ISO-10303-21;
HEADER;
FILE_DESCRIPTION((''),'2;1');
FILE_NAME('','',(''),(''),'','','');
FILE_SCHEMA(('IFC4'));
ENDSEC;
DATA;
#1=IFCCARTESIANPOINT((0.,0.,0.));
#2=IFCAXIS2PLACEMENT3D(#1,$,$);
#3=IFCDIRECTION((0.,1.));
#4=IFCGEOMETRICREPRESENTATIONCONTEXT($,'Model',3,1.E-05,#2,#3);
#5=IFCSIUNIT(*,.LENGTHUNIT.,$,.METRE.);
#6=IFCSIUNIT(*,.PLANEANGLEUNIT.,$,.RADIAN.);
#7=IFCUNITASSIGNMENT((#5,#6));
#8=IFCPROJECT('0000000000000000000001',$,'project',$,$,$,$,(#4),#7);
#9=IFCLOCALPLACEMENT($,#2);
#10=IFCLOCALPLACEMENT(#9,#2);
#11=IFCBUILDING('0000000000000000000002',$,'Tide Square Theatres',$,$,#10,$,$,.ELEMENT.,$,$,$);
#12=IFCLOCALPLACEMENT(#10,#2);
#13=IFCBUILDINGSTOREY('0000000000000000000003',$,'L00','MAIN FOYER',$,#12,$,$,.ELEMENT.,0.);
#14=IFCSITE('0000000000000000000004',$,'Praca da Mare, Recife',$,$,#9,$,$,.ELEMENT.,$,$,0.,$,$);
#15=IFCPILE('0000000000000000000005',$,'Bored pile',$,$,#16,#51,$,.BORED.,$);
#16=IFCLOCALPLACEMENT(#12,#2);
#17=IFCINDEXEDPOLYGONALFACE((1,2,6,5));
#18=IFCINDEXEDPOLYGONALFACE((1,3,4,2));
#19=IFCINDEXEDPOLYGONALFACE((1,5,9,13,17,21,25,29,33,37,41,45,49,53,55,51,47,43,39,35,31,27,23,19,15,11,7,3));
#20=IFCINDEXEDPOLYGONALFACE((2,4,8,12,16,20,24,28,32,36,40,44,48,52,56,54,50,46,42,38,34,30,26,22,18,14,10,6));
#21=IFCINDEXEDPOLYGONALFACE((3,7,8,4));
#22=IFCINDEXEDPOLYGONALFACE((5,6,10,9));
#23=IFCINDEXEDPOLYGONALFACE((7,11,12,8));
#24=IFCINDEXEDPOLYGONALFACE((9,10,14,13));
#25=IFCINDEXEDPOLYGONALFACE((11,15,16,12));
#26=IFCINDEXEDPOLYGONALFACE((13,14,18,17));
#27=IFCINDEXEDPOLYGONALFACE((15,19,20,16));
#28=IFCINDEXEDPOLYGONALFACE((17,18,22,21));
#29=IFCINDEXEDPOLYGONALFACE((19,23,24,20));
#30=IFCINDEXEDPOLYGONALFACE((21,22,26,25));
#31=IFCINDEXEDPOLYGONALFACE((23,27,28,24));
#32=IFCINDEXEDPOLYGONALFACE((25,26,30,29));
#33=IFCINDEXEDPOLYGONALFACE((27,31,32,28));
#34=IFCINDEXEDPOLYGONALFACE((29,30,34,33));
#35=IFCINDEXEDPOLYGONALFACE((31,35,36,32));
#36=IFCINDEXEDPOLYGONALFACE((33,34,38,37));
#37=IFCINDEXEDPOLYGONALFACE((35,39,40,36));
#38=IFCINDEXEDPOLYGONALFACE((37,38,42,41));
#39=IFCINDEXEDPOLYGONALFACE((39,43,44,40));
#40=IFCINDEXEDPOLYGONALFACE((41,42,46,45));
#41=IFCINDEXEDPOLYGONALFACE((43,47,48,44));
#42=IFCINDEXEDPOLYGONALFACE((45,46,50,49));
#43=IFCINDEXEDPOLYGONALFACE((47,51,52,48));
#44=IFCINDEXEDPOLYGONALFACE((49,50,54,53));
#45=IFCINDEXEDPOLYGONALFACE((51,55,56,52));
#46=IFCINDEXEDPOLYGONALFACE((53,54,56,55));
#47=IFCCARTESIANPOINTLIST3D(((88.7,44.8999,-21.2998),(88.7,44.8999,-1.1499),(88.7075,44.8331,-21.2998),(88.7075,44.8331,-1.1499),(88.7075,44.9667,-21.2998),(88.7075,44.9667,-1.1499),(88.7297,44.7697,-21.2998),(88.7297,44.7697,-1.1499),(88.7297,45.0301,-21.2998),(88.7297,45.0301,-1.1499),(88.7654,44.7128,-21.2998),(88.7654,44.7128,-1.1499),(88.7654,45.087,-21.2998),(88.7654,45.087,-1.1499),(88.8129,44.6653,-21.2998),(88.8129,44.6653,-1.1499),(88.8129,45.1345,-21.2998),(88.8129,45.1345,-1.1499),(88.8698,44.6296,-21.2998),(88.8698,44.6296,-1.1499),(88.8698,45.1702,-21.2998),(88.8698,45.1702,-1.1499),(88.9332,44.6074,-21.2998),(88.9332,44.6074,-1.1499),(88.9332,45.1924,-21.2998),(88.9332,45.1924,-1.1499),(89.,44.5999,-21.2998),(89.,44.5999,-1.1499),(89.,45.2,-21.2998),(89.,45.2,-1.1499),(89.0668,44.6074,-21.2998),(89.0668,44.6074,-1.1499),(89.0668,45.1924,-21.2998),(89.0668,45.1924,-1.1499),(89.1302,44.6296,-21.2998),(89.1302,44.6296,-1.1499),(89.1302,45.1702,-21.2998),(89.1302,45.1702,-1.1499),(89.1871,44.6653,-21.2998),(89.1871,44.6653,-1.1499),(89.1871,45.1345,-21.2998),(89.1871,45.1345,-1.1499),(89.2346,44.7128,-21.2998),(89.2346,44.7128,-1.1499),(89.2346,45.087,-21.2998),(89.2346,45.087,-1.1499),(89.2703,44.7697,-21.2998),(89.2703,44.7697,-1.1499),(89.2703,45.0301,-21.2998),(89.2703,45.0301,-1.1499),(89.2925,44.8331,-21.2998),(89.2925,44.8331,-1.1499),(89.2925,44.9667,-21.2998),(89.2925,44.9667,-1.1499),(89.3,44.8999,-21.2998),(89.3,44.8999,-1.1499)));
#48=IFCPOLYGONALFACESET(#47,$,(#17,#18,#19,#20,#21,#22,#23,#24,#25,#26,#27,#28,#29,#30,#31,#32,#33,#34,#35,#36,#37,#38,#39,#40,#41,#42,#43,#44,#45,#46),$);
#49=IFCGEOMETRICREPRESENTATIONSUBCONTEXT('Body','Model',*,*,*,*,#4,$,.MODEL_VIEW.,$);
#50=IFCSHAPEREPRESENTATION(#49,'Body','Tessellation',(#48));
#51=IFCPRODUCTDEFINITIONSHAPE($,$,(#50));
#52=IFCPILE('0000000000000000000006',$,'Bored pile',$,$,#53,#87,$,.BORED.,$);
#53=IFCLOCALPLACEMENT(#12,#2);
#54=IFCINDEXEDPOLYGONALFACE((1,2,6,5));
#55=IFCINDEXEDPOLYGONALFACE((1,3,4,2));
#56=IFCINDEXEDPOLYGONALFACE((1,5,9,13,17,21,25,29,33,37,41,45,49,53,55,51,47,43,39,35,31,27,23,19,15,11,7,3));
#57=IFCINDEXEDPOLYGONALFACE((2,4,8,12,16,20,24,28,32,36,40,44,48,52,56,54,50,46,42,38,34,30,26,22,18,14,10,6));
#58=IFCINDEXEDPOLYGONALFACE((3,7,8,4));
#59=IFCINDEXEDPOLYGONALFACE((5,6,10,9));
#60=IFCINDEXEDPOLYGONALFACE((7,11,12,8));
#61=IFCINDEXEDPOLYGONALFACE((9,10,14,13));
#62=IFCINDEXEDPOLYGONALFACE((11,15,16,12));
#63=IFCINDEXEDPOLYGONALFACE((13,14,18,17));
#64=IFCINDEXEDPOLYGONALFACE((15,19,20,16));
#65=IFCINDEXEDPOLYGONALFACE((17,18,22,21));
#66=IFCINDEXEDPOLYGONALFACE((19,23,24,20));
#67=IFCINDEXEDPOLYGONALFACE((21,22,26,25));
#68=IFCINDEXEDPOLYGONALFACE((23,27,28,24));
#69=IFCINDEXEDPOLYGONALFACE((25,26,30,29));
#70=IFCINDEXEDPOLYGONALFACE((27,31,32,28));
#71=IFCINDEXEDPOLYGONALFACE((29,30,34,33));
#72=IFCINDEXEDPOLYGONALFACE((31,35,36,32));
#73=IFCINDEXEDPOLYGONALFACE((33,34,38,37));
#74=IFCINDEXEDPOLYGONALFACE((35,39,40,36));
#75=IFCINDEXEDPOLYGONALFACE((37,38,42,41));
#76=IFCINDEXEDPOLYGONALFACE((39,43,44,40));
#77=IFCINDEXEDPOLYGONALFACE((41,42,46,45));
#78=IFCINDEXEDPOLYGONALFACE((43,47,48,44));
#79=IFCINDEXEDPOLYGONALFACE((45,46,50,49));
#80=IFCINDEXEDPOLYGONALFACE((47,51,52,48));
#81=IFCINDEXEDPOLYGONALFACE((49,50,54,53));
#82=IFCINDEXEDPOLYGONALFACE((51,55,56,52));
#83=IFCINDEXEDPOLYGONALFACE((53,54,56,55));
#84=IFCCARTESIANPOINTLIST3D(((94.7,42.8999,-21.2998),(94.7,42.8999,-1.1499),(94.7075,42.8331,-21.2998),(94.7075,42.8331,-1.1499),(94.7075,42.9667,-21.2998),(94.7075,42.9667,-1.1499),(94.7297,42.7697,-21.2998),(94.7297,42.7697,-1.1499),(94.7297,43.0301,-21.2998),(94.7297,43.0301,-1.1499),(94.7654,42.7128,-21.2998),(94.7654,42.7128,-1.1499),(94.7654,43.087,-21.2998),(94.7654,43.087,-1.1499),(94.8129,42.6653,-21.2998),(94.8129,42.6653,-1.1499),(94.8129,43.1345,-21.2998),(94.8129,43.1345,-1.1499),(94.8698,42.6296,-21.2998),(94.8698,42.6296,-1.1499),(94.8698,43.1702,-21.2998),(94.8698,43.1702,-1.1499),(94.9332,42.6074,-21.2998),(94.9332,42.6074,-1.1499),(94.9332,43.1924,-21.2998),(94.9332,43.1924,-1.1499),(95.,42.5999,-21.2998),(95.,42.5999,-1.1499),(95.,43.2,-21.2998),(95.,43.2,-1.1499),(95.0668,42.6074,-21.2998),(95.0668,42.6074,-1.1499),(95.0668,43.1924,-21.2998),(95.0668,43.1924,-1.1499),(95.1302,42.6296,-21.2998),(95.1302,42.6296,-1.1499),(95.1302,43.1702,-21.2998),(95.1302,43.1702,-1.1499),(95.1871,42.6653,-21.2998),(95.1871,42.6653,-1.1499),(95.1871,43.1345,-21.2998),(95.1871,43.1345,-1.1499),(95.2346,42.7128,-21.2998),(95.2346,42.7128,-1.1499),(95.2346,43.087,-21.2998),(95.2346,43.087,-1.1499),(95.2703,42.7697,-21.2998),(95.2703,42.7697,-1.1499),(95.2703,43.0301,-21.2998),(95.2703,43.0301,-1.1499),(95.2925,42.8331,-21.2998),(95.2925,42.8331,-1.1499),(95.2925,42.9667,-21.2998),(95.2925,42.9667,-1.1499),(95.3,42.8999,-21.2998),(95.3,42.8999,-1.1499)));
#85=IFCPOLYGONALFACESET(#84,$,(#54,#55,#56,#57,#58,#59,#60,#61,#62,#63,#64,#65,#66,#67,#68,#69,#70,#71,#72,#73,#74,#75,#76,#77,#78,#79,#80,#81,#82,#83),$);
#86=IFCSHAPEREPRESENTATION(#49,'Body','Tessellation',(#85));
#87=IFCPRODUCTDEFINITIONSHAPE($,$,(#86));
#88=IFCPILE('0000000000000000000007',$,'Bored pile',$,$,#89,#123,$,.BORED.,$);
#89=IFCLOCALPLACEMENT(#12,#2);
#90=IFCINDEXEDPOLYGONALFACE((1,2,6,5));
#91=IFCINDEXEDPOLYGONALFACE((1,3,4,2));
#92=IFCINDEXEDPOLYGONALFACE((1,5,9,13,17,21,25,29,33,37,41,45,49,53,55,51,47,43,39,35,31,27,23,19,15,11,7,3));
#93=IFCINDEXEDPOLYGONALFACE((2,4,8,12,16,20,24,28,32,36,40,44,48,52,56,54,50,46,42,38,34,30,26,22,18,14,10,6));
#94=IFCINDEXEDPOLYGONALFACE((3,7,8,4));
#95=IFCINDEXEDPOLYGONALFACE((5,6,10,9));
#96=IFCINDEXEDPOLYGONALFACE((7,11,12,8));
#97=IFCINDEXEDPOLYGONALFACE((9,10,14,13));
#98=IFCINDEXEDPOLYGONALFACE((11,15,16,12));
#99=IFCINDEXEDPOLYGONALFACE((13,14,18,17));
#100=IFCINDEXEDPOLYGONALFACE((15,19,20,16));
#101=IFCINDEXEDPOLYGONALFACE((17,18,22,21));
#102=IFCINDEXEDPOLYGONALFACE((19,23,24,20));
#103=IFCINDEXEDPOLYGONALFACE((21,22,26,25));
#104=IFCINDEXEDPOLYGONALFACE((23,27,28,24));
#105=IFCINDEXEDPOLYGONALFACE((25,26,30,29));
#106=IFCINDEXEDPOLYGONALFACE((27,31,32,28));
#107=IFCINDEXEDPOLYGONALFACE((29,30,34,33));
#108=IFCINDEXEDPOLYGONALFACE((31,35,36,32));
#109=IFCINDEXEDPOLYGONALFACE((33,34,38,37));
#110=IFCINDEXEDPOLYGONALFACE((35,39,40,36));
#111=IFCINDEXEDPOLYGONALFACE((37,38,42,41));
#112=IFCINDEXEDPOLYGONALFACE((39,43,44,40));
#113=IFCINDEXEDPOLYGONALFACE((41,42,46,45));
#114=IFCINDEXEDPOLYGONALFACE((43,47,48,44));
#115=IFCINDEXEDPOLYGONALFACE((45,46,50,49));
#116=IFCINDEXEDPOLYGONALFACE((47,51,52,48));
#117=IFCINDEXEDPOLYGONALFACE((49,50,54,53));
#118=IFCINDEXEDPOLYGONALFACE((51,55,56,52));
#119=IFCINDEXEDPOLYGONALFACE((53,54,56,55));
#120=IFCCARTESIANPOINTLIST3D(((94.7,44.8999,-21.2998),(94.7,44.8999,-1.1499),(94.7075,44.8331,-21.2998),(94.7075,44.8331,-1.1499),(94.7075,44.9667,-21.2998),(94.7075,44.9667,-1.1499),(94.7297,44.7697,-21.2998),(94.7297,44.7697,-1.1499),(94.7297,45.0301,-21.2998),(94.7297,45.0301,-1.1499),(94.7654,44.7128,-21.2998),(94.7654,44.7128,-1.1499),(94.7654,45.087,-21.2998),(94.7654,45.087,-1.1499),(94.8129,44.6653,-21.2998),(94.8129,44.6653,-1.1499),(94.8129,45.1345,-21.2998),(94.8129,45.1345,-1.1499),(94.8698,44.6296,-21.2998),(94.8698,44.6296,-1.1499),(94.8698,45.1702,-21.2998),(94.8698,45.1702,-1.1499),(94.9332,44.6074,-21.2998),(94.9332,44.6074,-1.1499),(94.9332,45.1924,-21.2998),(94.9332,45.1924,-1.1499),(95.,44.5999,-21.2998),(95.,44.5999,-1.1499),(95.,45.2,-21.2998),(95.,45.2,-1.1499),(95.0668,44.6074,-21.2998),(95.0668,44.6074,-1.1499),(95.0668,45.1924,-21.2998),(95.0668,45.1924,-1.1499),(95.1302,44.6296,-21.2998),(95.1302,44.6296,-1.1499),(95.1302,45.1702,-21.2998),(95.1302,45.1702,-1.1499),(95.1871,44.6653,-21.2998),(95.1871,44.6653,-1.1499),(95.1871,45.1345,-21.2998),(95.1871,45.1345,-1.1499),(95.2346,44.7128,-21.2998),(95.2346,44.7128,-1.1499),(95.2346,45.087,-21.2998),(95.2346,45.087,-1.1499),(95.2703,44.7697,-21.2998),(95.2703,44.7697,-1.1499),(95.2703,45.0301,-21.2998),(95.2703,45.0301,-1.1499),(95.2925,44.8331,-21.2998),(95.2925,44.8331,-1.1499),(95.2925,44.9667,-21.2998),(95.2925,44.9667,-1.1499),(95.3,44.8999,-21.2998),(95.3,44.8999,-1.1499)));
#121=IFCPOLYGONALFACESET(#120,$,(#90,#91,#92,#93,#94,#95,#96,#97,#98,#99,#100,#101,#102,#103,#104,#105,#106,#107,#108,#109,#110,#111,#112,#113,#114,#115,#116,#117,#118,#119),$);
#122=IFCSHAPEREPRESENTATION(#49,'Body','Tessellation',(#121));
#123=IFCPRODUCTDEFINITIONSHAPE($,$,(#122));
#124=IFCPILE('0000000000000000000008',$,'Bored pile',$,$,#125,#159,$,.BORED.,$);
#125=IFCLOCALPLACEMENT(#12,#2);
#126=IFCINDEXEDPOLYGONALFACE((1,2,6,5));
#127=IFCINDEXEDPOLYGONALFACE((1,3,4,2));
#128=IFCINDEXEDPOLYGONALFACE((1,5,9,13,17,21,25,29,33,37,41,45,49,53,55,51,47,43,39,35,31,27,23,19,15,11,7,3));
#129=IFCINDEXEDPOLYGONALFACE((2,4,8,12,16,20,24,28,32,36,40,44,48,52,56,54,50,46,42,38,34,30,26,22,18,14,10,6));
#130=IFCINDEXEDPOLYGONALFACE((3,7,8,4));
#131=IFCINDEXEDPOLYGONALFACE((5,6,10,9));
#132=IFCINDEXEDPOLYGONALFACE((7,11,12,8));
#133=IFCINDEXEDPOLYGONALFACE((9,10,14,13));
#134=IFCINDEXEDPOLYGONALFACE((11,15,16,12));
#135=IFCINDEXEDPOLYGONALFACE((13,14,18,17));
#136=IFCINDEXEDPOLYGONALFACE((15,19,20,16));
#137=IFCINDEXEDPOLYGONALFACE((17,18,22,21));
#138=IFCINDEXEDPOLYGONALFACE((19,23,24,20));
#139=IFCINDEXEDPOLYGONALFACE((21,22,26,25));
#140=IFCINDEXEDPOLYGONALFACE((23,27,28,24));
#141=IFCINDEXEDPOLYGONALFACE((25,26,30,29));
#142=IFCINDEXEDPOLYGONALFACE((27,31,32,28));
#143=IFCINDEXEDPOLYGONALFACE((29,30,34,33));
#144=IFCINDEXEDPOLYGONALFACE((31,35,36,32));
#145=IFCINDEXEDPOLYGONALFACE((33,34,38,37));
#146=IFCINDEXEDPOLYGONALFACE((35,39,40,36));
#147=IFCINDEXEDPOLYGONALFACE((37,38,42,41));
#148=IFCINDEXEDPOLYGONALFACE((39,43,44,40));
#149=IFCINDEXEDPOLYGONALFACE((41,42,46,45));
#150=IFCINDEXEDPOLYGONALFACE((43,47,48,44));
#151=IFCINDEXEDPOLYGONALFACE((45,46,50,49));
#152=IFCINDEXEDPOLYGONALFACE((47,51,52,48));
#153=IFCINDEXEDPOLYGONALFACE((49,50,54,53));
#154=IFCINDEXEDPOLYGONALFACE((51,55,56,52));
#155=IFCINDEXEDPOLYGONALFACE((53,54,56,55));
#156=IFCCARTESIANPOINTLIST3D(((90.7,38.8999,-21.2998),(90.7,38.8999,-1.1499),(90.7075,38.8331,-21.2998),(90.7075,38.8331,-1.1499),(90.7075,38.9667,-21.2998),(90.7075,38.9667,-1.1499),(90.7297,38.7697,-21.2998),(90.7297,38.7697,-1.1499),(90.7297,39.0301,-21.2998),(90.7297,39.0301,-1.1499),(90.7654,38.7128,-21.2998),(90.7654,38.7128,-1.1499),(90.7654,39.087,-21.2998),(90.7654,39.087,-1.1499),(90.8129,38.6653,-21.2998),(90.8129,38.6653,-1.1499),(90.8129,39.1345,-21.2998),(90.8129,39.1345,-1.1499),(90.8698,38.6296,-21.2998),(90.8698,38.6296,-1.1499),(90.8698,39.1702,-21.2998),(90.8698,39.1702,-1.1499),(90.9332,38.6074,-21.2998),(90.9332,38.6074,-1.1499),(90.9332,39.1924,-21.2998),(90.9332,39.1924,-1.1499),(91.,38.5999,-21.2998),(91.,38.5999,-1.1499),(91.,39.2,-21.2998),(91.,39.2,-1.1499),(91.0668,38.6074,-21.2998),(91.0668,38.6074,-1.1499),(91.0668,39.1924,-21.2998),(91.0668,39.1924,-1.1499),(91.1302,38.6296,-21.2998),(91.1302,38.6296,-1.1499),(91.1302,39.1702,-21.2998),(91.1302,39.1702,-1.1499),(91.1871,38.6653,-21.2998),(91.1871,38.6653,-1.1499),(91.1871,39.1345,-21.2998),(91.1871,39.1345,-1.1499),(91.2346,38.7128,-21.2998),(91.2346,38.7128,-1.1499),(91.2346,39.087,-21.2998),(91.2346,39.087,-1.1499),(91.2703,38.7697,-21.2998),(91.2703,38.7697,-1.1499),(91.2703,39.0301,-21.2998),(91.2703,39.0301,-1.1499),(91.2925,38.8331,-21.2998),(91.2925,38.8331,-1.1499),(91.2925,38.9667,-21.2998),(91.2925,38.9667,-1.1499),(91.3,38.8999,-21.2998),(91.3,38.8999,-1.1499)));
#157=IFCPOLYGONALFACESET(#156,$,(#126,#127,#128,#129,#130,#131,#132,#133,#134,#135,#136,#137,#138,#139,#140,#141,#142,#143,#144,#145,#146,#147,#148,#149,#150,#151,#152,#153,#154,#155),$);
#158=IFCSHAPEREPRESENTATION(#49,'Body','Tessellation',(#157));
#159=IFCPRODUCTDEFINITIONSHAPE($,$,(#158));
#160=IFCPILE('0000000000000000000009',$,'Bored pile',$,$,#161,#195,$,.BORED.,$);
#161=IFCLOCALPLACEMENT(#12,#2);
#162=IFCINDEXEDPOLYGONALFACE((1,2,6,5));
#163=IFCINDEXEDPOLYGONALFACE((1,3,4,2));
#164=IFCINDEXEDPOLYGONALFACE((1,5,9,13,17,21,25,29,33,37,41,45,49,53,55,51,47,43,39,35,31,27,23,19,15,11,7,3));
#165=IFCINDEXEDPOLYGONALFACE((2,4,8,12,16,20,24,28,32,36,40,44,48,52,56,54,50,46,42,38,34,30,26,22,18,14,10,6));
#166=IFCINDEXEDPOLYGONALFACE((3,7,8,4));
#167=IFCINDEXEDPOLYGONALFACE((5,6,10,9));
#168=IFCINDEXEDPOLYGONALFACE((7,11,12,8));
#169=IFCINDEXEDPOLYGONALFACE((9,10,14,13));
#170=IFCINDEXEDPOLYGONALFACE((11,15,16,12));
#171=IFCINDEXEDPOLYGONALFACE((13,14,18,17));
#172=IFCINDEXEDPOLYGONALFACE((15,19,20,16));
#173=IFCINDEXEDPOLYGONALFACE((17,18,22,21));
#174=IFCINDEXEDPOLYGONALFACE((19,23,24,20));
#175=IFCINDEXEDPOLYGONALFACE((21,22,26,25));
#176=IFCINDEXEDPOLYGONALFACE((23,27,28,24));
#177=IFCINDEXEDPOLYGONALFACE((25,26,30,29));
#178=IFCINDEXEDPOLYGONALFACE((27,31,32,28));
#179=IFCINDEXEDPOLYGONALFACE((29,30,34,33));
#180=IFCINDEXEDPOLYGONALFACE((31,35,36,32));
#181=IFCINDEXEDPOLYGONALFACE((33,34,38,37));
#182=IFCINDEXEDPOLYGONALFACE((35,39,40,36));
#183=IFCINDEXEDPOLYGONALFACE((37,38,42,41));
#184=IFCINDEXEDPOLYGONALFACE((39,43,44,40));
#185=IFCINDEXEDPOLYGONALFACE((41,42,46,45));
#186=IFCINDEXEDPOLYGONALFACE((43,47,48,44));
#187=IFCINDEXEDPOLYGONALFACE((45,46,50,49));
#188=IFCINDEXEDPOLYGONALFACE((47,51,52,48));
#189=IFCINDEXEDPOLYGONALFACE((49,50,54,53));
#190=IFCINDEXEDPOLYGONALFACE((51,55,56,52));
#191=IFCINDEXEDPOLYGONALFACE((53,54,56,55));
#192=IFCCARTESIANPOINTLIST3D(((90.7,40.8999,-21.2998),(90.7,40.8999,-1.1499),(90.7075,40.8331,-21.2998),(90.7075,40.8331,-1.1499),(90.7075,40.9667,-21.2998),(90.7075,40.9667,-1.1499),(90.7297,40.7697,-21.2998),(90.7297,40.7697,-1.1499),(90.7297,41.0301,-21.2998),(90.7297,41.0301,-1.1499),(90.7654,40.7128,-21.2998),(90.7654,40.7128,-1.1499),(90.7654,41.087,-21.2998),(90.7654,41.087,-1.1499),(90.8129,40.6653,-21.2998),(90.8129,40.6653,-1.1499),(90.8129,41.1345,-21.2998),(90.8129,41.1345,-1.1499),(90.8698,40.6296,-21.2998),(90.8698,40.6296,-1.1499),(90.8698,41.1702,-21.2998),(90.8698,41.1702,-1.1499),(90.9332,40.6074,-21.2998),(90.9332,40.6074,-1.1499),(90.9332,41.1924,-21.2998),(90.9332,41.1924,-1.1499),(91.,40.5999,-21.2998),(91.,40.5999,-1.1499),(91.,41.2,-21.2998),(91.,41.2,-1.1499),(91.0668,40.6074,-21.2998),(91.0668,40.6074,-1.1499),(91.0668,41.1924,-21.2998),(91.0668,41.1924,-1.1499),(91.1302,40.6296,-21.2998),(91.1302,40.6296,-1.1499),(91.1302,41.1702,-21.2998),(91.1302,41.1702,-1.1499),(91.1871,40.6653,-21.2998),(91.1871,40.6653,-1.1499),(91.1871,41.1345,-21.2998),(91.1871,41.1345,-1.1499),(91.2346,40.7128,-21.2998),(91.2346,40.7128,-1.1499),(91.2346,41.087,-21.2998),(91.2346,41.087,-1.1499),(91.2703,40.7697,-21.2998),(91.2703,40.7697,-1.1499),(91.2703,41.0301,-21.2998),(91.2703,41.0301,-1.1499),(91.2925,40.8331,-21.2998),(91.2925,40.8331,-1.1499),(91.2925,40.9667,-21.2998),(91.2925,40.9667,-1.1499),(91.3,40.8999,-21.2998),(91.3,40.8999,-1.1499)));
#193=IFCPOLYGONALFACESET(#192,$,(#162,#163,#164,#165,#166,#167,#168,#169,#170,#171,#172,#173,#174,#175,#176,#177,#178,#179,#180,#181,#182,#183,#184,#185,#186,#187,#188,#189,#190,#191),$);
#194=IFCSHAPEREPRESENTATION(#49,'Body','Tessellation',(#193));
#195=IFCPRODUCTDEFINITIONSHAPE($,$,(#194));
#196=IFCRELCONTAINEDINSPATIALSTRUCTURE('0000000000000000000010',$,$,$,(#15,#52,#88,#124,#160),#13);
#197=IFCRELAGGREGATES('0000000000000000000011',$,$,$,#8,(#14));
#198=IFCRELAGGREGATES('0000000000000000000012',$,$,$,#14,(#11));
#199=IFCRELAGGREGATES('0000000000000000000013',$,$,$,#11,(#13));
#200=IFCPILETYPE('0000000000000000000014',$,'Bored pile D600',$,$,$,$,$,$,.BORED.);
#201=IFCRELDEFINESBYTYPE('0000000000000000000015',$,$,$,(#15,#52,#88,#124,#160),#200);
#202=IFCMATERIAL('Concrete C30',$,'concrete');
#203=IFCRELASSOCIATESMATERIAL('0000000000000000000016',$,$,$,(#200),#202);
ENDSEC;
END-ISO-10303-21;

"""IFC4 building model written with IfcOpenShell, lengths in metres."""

from ifc_helpers import new_model, si_unit, direction, frame, origin, origin_2d, place, context, subcontext, project, spatial, circle, extrude, material, material_profile, profile_set, type_object, element, save


model = new_model("IFC4")

# Units and contexts
model_context = context("Model", 3, precision=1e-05, world=origin(), true_north=direction((0.0, 1.0)))
body_context = subcontext(model_context, "Body", "Model", "MODEL_VIEW")
ifc_project = project(units=[si_unit("LENGTHUNIT", "METRE"), si_unit("PLANEANGLEUNIT", "RADIAN")], contexts=[model_context])

# Site, building, storey
site_placement = place(None, origin())
site = spatial("IfcSite", under=ifc_project, at=site_placement, Name="Praca da Mare, Recife", CompositionType="ELEMENT", RefElevation=0.0)
building_placement = place(site_placement, origin())
building = spatial("IfcBuilding", under=site, at=building_placement, Name="Tide Square Theatres", CompositionType="ELEMENT")
storey_placement = place(building_placement, origin())
storey = spatial("IfcBuildingStorey", under=building, at=storey_placement, Name="L00", Description="MAIN FOYER", CompositionType="ELEMENT", Elevation=0.0)

# Piles
ifc_material_1 = material(Name="Concrete C30", Category="concrete")
ifc_material_profile_1 = material_profile(ifc_material_1, circle(Radius=0.3, at=origin_2d()))
ifc_profile_set_1 = profile_set([ifc_material_profile_1], Name="Concrete C30")
pile_type = type_object("IfcPileType", Name="Bored pile D600", PredefinedType="BORED", material=ifc_profile_set_1)
for number, where, z_axis, x_axis, name in (
    (1, (89.0, 44.8999, -1.1499), (0.0, 0.0, -1.0), (1.0, 0.0, 0.0), "Bored pile"),
    (2, (95.0, 42.8999, -1.1499), (0.0, 0.0, -1.0), (1.0, 0.0, 0.0), "Bored pile"),
    (3, (95.0, 44.8999, -1.1499), (0.0, 0.0, -1.0), (1.0, 0.0, 0.0), "Bored pile"),
    (4, (91.0, 38.8999, -1.1499), (0.0, 0.0, -1.0), (1.0, 0.0, 0.0), "Bored pile"),
    (5, (91.0, 40.8999, -1.1499), (0.0, 0.0, -1.0), (1.0, 0.0, 0.0), "Bored pile"),
):
    element("IfcPile", number, at=place(storey_placement, frame(where, z_axis=z_axis, x_axis=x_axis)), inside=storey, type_object=pile_type, Name=name, PredefinedType="BORED", context=body_context, shape_type="SweptSolid", body=[
        extrude(circle(Radius=0.3, at=origin_2d()), origin(), (0.0, 0.0, 1.0), 20.1499),
    ])

save(model, "model.ifc")
